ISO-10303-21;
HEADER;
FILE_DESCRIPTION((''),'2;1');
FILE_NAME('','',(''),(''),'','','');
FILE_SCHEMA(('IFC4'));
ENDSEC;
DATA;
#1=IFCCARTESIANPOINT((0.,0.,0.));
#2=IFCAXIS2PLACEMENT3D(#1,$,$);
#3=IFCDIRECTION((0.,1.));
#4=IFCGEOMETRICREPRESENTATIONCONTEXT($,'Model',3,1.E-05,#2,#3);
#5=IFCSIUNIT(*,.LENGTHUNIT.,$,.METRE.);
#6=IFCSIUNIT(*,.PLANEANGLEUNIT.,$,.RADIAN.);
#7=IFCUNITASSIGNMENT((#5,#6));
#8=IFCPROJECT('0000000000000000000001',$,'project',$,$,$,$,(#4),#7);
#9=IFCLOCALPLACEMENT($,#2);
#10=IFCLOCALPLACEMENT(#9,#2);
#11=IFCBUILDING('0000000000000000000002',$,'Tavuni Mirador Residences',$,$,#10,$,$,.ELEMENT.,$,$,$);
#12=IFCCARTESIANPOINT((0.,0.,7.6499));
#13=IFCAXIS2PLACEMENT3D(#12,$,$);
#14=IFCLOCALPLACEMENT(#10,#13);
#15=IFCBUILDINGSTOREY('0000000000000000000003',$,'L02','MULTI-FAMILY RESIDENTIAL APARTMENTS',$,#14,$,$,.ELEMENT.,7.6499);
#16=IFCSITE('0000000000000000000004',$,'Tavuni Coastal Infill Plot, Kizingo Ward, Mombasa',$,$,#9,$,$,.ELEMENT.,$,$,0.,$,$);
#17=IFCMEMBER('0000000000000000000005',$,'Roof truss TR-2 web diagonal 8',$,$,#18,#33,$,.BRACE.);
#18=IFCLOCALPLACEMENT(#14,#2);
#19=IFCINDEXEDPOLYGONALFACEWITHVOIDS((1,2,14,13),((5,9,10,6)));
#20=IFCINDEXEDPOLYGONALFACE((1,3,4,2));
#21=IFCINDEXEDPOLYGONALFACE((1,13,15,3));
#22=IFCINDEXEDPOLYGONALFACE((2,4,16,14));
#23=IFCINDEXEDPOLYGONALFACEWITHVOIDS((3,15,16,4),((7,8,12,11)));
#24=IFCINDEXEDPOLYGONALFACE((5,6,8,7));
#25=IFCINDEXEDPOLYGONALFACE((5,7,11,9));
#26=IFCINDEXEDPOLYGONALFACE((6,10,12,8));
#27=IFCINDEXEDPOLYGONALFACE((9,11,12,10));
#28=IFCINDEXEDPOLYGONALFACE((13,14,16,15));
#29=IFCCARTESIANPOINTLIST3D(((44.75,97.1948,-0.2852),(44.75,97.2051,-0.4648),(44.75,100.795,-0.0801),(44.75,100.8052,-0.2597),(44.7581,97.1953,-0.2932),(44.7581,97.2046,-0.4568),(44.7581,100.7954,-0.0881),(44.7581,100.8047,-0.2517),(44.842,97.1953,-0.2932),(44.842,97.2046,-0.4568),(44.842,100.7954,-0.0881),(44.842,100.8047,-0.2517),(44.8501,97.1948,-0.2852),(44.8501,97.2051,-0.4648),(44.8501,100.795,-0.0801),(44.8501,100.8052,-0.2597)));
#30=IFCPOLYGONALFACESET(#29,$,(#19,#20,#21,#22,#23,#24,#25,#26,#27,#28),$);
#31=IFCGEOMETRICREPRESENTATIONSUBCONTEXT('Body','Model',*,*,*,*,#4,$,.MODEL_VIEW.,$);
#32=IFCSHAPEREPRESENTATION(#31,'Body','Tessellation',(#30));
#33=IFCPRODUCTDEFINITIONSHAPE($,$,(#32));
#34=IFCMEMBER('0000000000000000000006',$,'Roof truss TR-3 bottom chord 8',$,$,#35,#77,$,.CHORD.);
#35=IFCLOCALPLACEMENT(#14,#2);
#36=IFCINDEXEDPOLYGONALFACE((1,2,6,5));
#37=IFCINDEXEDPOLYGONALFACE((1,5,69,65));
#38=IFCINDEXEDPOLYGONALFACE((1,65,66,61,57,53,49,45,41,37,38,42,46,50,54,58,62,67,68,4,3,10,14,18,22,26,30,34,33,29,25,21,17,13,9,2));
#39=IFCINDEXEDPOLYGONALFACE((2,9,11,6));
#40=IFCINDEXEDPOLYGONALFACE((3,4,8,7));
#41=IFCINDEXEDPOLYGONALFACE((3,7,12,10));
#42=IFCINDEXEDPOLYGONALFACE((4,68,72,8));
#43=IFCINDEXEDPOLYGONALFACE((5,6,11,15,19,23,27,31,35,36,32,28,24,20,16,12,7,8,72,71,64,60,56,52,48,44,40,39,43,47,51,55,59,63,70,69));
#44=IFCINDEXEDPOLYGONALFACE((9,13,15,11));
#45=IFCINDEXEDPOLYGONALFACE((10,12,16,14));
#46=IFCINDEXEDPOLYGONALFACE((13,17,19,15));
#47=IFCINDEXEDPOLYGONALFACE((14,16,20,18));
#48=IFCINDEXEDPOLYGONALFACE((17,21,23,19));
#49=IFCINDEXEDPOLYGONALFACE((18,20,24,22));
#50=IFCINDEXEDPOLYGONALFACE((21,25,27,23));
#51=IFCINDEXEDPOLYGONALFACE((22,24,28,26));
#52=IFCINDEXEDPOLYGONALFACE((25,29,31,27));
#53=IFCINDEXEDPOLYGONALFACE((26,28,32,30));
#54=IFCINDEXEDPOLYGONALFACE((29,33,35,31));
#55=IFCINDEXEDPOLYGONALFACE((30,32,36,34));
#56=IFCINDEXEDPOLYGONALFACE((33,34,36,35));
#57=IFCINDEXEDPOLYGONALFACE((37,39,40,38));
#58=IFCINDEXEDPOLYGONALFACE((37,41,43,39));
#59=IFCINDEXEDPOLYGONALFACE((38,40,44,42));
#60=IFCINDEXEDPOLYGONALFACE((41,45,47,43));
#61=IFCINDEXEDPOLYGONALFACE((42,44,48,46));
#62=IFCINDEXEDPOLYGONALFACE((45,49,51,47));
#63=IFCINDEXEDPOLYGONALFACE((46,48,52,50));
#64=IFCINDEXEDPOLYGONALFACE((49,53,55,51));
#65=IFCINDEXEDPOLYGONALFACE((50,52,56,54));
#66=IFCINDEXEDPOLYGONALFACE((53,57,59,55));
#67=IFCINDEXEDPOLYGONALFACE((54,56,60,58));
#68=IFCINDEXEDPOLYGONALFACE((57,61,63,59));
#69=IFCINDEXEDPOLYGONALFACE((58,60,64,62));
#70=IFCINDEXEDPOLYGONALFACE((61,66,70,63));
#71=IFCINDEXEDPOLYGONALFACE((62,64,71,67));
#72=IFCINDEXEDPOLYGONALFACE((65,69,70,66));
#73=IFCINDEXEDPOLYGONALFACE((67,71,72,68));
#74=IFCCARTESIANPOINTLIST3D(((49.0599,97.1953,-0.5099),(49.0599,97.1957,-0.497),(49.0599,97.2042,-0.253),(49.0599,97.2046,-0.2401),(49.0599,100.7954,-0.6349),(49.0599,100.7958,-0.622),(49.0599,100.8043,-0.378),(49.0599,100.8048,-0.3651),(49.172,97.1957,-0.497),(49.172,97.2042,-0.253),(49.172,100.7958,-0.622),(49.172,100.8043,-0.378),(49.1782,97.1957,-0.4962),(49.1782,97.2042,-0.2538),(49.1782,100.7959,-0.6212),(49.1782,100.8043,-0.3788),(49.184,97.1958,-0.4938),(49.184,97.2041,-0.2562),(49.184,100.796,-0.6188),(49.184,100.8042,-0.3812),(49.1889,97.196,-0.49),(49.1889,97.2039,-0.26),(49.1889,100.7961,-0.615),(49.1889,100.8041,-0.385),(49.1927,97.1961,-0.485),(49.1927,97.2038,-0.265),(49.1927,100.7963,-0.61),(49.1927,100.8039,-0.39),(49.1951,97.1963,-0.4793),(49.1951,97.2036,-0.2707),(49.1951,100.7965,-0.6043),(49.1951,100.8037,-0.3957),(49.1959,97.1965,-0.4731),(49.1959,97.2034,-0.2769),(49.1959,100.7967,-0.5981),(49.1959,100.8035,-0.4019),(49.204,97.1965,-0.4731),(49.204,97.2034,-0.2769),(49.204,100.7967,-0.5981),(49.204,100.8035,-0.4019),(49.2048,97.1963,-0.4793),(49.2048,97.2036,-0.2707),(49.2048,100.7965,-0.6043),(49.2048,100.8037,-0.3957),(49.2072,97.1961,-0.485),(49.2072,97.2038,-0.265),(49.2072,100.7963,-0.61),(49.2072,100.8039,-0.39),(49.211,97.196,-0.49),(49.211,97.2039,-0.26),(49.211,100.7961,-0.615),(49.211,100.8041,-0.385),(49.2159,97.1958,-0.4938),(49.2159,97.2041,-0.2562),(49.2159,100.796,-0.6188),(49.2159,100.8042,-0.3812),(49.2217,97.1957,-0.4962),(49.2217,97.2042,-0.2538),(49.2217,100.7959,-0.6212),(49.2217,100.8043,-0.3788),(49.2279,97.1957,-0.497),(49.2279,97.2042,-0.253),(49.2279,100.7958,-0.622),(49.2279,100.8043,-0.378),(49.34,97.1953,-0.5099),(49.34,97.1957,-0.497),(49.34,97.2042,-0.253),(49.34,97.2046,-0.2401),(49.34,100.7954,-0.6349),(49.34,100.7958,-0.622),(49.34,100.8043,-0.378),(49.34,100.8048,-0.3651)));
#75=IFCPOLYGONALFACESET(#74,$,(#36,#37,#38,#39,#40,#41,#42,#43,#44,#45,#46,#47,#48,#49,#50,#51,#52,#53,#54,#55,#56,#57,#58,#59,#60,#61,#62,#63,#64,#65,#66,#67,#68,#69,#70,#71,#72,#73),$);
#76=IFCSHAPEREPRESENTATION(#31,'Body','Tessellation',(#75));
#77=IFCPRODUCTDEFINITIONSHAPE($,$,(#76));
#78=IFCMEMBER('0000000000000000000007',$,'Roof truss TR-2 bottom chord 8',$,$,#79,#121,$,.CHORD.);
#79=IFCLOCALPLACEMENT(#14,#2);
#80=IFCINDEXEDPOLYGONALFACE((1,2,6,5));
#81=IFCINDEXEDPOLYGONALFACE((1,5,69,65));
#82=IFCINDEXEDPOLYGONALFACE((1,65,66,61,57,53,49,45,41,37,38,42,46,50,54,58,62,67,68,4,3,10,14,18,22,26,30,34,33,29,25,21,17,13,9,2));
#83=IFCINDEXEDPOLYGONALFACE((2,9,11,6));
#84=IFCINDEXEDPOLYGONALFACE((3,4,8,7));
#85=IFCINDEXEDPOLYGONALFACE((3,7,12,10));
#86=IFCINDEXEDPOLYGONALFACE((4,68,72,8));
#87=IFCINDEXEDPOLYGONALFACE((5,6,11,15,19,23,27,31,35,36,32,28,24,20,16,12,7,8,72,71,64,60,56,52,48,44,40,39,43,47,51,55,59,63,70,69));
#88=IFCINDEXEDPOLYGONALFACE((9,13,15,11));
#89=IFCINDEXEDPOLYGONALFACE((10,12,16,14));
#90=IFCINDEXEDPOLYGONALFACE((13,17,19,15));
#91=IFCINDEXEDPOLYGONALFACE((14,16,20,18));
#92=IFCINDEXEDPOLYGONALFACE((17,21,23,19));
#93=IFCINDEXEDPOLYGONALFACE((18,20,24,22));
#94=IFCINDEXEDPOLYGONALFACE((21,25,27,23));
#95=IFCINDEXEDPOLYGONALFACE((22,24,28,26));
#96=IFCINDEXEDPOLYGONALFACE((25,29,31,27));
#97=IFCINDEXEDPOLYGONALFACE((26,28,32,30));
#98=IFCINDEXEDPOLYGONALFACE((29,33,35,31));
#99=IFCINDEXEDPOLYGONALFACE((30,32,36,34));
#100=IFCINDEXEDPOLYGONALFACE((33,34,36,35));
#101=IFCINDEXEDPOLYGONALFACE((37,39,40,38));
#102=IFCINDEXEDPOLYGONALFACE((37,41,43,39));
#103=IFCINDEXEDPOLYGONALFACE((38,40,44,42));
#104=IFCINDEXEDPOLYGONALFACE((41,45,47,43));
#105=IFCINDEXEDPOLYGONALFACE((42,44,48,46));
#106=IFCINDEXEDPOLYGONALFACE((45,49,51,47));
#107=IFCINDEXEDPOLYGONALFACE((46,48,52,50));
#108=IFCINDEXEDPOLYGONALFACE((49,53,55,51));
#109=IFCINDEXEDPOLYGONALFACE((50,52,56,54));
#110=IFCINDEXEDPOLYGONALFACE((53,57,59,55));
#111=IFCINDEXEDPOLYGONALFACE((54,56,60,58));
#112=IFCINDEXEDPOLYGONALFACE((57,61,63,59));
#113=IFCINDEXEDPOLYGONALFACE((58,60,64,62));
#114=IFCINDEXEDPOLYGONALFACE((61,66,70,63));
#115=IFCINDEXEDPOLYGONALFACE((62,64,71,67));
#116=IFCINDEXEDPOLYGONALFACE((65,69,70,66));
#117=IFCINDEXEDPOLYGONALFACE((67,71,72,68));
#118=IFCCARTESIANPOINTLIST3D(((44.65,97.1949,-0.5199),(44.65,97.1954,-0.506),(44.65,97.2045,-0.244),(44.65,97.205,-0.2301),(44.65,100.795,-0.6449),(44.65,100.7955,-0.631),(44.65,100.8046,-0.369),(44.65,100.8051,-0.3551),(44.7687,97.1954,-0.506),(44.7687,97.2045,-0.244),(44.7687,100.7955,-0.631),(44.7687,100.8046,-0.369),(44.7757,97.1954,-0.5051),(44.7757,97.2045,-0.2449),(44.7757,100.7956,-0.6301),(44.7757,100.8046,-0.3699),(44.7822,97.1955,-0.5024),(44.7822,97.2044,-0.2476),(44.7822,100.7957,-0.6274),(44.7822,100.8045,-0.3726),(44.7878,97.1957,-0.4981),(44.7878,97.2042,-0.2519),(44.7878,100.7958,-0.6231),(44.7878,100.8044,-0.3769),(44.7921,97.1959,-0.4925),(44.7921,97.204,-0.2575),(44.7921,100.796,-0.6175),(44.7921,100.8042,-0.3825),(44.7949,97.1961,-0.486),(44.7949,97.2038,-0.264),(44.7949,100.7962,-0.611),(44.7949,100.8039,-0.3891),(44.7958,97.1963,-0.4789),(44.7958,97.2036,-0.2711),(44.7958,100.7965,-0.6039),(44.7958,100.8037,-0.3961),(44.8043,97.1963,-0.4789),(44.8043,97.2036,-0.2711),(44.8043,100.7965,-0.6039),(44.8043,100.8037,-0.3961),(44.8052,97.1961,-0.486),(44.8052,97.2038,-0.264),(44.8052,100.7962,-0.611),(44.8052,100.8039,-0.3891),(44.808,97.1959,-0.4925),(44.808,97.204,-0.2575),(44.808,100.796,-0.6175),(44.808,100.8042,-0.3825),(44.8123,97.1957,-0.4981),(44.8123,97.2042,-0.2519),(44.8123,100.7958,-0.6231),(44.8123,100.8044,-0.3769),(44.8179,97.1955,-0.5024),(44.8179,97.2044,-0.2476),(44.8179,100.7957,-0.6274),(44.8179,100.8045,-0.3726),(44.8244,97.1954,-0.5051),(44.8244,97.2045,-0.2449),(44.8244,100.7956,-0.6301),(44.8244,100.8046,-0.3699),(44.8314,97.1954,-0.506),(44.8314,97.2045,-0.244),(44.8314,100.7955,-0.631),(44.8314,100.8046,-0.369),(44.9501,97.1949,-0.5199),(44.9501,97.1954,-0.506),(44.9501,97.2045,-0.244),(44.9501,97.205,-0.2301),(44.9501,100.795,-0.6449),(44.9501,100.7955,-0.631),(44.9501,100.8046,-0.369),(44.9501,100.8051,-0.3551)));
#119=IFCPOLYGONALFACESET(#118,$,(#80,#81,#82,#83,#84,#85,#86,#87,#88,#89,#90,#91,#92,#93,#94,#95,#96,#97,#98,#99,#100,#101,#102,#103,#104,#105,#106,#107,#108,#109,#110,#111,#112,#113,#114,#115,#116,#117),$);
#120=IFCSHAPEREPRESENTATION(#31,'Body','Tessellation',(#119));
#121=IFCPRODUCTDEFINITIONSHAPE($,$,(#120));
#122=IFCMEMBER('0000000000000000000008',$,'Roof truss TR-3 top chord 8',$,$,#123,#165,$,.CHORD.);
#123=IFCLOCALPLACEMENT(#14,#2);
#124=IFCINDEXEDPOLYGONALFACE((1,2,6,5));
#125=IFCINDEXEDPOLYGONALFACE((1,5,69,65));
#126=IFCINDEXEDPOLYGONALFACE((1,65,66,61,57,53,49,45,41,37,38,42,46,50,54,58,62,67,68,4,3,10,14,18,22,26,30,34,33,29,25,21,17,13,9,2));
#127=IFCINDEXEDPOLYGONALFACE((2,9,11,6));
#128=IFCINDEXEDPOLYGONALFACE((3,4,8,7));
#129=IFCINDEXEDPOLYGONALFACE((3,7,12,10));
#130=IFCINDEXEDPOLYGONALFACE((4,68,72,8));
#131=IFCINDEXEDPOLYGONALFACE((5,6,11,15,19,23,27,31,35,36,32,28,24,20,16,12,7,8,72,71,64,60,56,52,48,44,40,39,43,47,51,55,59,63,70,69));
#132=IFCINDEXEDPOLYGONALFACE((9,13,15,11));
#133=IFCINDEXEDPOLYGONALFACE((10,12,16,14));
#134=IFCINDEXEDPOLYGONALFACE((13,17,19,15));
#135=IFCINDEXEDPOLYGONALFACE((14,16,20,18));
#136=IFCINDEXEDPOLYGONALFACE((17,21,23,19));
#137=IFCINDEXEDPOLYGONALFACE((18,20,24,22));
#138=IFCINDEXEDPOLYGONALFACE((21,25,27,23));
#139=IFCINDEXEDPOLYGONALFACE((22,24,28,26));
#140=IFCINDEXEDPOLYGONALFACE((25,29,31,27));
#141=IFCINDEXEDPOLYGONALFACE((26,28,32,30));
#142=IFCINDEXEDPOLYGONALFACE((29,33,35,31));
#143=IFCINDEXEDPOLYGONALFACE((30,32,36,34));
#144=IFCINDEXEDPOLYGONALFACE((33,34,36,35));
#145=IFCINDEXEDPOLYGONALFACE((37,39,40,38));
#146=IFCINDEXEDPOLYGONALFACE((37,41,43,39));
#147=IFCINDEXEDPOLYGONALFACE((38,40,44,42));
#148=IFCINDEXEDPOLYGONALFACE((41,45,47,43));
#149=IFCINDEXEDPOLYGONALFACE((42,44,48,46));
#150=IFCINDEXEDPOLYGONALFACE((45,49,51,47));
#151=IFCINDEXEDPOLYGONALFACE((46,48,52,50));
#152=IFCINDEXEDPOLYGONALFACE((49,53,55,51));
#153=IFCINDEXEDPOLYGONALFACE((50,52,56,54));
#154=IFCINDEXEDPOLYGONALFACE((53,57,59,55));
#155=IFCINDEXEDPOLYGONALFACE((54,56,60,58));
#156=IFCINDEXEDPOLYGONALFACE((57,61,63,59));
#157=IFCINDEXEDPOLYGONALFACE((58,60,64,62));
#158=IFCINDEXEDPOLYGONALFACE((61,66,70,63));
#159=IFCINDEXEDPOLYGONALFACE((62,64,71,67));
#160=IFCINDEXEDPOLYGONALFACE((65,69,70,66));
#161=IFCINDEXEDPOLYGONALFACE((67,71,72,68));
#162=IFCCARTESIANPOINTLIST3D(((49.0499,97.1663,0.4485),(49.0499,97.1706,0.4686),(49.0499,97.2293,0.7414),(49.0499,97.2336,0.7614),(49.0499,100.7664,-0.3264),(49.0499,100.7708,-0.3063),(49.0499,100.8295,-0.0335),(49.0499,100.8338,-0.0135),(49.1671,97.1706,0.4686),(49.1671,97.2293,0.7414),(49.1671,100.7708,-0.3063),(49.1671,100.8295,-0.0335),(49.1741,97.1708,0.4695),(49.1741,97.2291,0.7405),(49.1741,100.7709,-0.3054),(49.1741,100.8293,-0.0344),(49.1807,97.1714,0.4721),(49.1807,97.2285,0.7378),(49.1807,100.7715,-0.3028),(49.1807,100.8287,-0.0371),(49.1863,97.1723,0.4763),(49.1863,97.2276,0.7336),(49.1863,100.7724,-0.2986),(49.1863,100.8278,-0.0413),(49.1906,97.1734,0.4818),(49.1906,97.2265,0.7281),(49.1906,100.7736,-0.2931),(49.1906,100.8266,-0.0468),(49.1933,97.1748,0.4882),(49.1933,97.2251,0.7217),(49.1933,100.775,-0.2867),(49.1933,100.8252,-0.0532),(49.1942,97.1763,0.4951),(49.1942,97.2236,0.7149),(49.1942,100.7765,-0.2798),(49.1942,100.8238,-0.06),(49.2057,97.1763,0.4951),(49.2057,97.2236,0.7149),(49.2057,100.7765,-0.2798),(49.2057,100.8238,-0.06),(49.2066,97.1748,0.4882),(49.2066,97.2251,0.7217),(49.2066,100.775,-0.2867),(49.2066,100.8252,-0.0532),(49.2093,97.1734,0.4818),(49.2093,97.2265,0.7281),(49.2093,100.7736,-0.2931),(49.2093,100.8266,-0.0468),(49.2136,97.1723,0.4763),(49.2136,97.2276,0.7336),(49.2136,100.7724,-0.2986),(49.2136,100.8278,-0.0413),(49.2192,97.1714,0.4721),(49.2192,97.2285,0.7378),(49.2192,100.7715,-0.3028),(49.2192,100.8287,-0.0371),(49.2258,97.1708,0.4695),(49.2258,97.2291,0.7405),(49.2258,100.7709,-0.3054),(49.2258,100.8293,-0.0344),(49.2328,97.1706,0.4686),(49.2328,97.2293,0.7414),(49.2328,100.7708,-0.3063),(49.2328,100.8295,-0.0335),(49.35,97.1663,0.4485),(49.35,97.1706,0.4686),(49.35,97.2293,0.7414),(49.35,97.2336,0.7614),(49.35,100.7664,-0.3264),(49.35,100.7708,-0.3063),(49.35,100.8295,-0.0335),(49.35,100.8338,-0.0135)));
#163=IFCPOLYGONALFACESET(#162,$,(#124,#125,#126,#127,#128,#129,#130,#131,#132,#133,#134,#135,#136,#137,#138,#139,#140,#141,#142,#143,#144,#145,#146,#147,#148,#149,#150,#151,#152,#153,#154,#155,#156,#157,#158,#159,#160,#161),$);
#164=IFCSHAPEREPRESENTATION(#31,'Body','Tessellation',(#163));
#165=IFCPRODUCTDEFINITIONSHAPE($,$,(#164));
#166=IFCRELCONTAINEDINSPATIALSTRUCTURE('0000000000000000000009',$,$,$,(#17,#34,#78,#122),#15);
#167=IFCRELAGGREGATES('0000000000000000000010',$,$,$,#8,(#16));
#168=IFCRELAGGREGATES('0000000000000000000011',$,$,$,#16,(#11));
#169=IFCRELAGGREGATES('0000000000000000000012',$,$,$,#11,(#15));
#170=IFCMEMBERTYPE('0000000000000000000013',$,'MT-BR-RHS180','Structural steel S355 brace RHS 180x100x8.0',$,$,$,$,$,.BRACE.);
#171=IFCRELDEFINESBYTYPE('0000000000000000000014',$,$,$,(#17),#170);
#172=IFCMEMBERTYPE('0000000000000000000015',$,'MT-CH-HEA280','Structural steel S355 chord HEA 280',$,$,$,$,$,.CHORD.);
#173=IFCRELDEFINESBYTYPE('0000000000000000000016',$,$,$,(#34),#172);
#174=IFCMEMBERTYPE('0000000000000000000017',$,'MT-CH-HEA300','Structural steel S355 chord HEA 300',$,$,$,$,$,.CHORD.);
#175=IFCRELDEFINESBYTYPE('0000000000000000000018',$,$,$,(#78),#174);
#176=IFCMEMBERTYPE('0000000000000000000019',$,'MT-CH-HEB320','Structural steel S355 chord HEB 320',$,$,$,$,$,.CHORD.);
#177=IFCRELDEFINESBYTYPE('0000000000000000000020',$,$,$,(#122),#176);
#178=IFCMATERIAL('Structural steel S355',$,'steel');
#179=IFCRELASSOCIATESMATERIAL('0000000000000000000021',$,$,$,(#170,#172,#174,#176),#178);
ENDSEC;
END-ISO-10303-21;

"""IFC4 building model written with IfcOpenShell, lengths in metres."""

from ifc_helpers import new_model, si_unit, direction, frame, origin, origin_2d, place, context, subcontext, project, spatial, hollow_rectangle, i_section, extrude, material, material_profile, profile_set, type_object, element, save


model = new_model("IFC4")

# Units and contexts
model_context = context("Model", 3, precision=1e-05, world=origin(), true_north=direction((0.0, 1.0)))
body_context = subcontext(model_context, "Body", "Model", "MODEL_VIEW")
ifc_project = project(units=[si_unit("LENGTHUNIT", "METRE"), si_unit("PLANEANGLEUNIT", "RADIAN")], contexts=[model_context])

# Site, building, storey
site_placement = place(None, origin())
site = spatial("IfcSite", under=ifc_project, at=site_placement, Name="Tavuni Coastal Infill Plot, Kizingo Ward, Mombasa", CompositionType="ELEMENT", RefElevation=0.0)
building_placement = place(site_placement, origin())
building = spatial("IfcBuilding", under=site, at=building_placement, Name="Tavuni Mirador Residences", CompositionType="ELEMENT")
storey_placement = place(building_placement, frame((0.0, 0.0, 7.6499)))
storey = spatial("IfcBuildingStorey", under=building, at=storey_placement, Name="L02", Description="MULTI-FAMILY RESIDENTIAL APARTMENTS", CompositionType="ELEMENT", Elevation=7.6499)

# Members
ifc_material_1 = material(Name="Structural steel S355", Category="steel")
ifc_material_profile_1 = material_profile(ifc_material_1, hollow_rectangle(XDim=0.1001, YDim=0.1799, WallThickness=0.0081, at=origin_2d()), Name="RHS 180x100x8.0", Category="steel")
ifc_profile_set_1 = profile_set([ifc_material_profile_1], Name="Structural steel S355")
member_type_1 = type_object("IfcMemberType", Name="MT-BR-RHS180", Description="Structural steel S355 brace RHS 180x100x8.0", PredefinedType="BRACE", material=ifc_profile_set_1)
member_1_placement = place(storey_placement, frame((44.8, 97.2, -0.375), z_axis=(0.0, 0.998381, 0.056872), x_axis=(-1.0, 0.0, 0.0)))
element("IfcMember", 1, at=member_1_placement, inside=storey, type_object=member_type_1, Name="Roof truss TR-2 web diagonal 8", PredefinedType="BRACE", context=body_context, shape_type="SweptSolid", body=[
    extrude(hollow_rectangle(XDim=0.1001, YDim=0.1799, WallThickness=0.0081, at=origin_2d()), origin(), (0.0, 0.0, 1.0), 3.606),
])
ifc_material_profile_2 = material_profile(ifc_material_1, i_section(OverallWidth=0.28, OverallDepth=0.27, WebThickness=0.0081, FlangeThickness=0.0129, FilletRadius=0.0239, at=origin_2d()), Name="HEA 280", Category="steel")
ifc_profile_set_2 = profile_set([ifc_material_profile_2], Name="Structural steel S355")
member_type_2 = type_object("IfcMemberType", Name="MT-CH-HEA280", Description="Structural steel S355 chord HEA 280", PredefinedType="CHORD", material=ifc_profile_set_2)
member_2_placement = place(storey_placement, frame((49.2, 97.2, -0.375), z_axis=(0.0, 0.999398, -0.0347), x_axis=(-1.0, 0.0, 0.0)))
element("IfcMember", 2, at=member_2_placement, inside=storey, type_object=member_type_2, Name="Roof truss TR-3 bottom chord 8", PredefinedType="CHORD", context=body_context, shape_type="SweptSolid", body=[
    extrude(i_section(OverallWidth=0.28, OverallDepth=0.27, WebThickness=0.0081, FlangeThickness=0.0129, FilletRadius=0.0239, at=origin_2d()), origin(), (0.0, 0.0, 1.0), 3.6023),
])
ifc_material_profile_3 = material_profile(ifc_material_1, i_section(OverallWidth=0.3, OverallDepth=0.29, WebThickness=0.0085, FlangeThickness=0.0139, FilletRadius=0.0271, at=origin_2d()), Name="HEA 300", Category="steel")
ifc_profile_set_3 = profile_set([ifc_material_profile_3], Name="Structural steel S355")
member_type_3 = type_object("IfcMemberType", Name="MT-CH-HEA300", Description="Structural steel S355 chord HEA 300", PredefinedType="CHORD", material=ifc_profile_set_3)
member_3_placement = place(storey_placement, frame((44.8, 97.2, -0.375), z_axis=(0.0, 0.999398, -0.0347), x_axis=(-1.0, 0.0, 0.0)))
element("IfcMember", 3, at=member_3_placement, inside=storey, type_object=member_type_3, Name="Roof truss TR-2 bottom chord 8", PredefinedType="CHORD", context=body_context, shape_type="SweptSolid", body=[
    extrude(i_section(OverallWidth=0.3, OverallDepth=0.29, WebThickness=0.0085, FlangeThickness=0.0139, FilletRadius=0.0271, at=origin_2d()), origin(), (0.0, 0.0, 1.0), 3.6023),
])
ifc_material_profile_4 = material_profile(ifc_material_1, i_section(OverallWidth=0.3, OverallDepth=0.3201, WebThickness=0.0115, FlangeThickness=0.0205, FilletRadius=0.0271, at=origin_2d()), Name="HEB 320", Category="steel")
ifc_profile_set_4 = profile_set([ifc_material_profile_4], Name="Structural steel S355")
member_type_4 = type_object("IfcMemberType", Name="MT-CH-HEB320", Description="Structural steel S355 chord HEB 320", PredefinedType="CHORD", material=ifc_profile_set_4)
member_4_placement = place(storey_placement, frame((49.2, 97.2, 0.605), z_axis=(0.0, 0.97761, -0.210425), x_axis=(-1.0, 0.0, 0.0)))
element("IfcMember", 4, at=member_4_placement, inside=storey, type_object=member_type_4, Name="Roof truss TR-3 top chord 8", PredefinedType="CHORD", context=body_context, shape_type="SweptSolid", body=[
    extrude(i_section(OverallWidth=0.3, OverallDepth=0.3201, WebThickness=0.0115, FlangeThickness=0.0205, FilletRadius=0.0271, at=origin_2d()), origin(), (0.0, 0.0, 1.0), 3.6826),
])

save(model, "model.ifc")
